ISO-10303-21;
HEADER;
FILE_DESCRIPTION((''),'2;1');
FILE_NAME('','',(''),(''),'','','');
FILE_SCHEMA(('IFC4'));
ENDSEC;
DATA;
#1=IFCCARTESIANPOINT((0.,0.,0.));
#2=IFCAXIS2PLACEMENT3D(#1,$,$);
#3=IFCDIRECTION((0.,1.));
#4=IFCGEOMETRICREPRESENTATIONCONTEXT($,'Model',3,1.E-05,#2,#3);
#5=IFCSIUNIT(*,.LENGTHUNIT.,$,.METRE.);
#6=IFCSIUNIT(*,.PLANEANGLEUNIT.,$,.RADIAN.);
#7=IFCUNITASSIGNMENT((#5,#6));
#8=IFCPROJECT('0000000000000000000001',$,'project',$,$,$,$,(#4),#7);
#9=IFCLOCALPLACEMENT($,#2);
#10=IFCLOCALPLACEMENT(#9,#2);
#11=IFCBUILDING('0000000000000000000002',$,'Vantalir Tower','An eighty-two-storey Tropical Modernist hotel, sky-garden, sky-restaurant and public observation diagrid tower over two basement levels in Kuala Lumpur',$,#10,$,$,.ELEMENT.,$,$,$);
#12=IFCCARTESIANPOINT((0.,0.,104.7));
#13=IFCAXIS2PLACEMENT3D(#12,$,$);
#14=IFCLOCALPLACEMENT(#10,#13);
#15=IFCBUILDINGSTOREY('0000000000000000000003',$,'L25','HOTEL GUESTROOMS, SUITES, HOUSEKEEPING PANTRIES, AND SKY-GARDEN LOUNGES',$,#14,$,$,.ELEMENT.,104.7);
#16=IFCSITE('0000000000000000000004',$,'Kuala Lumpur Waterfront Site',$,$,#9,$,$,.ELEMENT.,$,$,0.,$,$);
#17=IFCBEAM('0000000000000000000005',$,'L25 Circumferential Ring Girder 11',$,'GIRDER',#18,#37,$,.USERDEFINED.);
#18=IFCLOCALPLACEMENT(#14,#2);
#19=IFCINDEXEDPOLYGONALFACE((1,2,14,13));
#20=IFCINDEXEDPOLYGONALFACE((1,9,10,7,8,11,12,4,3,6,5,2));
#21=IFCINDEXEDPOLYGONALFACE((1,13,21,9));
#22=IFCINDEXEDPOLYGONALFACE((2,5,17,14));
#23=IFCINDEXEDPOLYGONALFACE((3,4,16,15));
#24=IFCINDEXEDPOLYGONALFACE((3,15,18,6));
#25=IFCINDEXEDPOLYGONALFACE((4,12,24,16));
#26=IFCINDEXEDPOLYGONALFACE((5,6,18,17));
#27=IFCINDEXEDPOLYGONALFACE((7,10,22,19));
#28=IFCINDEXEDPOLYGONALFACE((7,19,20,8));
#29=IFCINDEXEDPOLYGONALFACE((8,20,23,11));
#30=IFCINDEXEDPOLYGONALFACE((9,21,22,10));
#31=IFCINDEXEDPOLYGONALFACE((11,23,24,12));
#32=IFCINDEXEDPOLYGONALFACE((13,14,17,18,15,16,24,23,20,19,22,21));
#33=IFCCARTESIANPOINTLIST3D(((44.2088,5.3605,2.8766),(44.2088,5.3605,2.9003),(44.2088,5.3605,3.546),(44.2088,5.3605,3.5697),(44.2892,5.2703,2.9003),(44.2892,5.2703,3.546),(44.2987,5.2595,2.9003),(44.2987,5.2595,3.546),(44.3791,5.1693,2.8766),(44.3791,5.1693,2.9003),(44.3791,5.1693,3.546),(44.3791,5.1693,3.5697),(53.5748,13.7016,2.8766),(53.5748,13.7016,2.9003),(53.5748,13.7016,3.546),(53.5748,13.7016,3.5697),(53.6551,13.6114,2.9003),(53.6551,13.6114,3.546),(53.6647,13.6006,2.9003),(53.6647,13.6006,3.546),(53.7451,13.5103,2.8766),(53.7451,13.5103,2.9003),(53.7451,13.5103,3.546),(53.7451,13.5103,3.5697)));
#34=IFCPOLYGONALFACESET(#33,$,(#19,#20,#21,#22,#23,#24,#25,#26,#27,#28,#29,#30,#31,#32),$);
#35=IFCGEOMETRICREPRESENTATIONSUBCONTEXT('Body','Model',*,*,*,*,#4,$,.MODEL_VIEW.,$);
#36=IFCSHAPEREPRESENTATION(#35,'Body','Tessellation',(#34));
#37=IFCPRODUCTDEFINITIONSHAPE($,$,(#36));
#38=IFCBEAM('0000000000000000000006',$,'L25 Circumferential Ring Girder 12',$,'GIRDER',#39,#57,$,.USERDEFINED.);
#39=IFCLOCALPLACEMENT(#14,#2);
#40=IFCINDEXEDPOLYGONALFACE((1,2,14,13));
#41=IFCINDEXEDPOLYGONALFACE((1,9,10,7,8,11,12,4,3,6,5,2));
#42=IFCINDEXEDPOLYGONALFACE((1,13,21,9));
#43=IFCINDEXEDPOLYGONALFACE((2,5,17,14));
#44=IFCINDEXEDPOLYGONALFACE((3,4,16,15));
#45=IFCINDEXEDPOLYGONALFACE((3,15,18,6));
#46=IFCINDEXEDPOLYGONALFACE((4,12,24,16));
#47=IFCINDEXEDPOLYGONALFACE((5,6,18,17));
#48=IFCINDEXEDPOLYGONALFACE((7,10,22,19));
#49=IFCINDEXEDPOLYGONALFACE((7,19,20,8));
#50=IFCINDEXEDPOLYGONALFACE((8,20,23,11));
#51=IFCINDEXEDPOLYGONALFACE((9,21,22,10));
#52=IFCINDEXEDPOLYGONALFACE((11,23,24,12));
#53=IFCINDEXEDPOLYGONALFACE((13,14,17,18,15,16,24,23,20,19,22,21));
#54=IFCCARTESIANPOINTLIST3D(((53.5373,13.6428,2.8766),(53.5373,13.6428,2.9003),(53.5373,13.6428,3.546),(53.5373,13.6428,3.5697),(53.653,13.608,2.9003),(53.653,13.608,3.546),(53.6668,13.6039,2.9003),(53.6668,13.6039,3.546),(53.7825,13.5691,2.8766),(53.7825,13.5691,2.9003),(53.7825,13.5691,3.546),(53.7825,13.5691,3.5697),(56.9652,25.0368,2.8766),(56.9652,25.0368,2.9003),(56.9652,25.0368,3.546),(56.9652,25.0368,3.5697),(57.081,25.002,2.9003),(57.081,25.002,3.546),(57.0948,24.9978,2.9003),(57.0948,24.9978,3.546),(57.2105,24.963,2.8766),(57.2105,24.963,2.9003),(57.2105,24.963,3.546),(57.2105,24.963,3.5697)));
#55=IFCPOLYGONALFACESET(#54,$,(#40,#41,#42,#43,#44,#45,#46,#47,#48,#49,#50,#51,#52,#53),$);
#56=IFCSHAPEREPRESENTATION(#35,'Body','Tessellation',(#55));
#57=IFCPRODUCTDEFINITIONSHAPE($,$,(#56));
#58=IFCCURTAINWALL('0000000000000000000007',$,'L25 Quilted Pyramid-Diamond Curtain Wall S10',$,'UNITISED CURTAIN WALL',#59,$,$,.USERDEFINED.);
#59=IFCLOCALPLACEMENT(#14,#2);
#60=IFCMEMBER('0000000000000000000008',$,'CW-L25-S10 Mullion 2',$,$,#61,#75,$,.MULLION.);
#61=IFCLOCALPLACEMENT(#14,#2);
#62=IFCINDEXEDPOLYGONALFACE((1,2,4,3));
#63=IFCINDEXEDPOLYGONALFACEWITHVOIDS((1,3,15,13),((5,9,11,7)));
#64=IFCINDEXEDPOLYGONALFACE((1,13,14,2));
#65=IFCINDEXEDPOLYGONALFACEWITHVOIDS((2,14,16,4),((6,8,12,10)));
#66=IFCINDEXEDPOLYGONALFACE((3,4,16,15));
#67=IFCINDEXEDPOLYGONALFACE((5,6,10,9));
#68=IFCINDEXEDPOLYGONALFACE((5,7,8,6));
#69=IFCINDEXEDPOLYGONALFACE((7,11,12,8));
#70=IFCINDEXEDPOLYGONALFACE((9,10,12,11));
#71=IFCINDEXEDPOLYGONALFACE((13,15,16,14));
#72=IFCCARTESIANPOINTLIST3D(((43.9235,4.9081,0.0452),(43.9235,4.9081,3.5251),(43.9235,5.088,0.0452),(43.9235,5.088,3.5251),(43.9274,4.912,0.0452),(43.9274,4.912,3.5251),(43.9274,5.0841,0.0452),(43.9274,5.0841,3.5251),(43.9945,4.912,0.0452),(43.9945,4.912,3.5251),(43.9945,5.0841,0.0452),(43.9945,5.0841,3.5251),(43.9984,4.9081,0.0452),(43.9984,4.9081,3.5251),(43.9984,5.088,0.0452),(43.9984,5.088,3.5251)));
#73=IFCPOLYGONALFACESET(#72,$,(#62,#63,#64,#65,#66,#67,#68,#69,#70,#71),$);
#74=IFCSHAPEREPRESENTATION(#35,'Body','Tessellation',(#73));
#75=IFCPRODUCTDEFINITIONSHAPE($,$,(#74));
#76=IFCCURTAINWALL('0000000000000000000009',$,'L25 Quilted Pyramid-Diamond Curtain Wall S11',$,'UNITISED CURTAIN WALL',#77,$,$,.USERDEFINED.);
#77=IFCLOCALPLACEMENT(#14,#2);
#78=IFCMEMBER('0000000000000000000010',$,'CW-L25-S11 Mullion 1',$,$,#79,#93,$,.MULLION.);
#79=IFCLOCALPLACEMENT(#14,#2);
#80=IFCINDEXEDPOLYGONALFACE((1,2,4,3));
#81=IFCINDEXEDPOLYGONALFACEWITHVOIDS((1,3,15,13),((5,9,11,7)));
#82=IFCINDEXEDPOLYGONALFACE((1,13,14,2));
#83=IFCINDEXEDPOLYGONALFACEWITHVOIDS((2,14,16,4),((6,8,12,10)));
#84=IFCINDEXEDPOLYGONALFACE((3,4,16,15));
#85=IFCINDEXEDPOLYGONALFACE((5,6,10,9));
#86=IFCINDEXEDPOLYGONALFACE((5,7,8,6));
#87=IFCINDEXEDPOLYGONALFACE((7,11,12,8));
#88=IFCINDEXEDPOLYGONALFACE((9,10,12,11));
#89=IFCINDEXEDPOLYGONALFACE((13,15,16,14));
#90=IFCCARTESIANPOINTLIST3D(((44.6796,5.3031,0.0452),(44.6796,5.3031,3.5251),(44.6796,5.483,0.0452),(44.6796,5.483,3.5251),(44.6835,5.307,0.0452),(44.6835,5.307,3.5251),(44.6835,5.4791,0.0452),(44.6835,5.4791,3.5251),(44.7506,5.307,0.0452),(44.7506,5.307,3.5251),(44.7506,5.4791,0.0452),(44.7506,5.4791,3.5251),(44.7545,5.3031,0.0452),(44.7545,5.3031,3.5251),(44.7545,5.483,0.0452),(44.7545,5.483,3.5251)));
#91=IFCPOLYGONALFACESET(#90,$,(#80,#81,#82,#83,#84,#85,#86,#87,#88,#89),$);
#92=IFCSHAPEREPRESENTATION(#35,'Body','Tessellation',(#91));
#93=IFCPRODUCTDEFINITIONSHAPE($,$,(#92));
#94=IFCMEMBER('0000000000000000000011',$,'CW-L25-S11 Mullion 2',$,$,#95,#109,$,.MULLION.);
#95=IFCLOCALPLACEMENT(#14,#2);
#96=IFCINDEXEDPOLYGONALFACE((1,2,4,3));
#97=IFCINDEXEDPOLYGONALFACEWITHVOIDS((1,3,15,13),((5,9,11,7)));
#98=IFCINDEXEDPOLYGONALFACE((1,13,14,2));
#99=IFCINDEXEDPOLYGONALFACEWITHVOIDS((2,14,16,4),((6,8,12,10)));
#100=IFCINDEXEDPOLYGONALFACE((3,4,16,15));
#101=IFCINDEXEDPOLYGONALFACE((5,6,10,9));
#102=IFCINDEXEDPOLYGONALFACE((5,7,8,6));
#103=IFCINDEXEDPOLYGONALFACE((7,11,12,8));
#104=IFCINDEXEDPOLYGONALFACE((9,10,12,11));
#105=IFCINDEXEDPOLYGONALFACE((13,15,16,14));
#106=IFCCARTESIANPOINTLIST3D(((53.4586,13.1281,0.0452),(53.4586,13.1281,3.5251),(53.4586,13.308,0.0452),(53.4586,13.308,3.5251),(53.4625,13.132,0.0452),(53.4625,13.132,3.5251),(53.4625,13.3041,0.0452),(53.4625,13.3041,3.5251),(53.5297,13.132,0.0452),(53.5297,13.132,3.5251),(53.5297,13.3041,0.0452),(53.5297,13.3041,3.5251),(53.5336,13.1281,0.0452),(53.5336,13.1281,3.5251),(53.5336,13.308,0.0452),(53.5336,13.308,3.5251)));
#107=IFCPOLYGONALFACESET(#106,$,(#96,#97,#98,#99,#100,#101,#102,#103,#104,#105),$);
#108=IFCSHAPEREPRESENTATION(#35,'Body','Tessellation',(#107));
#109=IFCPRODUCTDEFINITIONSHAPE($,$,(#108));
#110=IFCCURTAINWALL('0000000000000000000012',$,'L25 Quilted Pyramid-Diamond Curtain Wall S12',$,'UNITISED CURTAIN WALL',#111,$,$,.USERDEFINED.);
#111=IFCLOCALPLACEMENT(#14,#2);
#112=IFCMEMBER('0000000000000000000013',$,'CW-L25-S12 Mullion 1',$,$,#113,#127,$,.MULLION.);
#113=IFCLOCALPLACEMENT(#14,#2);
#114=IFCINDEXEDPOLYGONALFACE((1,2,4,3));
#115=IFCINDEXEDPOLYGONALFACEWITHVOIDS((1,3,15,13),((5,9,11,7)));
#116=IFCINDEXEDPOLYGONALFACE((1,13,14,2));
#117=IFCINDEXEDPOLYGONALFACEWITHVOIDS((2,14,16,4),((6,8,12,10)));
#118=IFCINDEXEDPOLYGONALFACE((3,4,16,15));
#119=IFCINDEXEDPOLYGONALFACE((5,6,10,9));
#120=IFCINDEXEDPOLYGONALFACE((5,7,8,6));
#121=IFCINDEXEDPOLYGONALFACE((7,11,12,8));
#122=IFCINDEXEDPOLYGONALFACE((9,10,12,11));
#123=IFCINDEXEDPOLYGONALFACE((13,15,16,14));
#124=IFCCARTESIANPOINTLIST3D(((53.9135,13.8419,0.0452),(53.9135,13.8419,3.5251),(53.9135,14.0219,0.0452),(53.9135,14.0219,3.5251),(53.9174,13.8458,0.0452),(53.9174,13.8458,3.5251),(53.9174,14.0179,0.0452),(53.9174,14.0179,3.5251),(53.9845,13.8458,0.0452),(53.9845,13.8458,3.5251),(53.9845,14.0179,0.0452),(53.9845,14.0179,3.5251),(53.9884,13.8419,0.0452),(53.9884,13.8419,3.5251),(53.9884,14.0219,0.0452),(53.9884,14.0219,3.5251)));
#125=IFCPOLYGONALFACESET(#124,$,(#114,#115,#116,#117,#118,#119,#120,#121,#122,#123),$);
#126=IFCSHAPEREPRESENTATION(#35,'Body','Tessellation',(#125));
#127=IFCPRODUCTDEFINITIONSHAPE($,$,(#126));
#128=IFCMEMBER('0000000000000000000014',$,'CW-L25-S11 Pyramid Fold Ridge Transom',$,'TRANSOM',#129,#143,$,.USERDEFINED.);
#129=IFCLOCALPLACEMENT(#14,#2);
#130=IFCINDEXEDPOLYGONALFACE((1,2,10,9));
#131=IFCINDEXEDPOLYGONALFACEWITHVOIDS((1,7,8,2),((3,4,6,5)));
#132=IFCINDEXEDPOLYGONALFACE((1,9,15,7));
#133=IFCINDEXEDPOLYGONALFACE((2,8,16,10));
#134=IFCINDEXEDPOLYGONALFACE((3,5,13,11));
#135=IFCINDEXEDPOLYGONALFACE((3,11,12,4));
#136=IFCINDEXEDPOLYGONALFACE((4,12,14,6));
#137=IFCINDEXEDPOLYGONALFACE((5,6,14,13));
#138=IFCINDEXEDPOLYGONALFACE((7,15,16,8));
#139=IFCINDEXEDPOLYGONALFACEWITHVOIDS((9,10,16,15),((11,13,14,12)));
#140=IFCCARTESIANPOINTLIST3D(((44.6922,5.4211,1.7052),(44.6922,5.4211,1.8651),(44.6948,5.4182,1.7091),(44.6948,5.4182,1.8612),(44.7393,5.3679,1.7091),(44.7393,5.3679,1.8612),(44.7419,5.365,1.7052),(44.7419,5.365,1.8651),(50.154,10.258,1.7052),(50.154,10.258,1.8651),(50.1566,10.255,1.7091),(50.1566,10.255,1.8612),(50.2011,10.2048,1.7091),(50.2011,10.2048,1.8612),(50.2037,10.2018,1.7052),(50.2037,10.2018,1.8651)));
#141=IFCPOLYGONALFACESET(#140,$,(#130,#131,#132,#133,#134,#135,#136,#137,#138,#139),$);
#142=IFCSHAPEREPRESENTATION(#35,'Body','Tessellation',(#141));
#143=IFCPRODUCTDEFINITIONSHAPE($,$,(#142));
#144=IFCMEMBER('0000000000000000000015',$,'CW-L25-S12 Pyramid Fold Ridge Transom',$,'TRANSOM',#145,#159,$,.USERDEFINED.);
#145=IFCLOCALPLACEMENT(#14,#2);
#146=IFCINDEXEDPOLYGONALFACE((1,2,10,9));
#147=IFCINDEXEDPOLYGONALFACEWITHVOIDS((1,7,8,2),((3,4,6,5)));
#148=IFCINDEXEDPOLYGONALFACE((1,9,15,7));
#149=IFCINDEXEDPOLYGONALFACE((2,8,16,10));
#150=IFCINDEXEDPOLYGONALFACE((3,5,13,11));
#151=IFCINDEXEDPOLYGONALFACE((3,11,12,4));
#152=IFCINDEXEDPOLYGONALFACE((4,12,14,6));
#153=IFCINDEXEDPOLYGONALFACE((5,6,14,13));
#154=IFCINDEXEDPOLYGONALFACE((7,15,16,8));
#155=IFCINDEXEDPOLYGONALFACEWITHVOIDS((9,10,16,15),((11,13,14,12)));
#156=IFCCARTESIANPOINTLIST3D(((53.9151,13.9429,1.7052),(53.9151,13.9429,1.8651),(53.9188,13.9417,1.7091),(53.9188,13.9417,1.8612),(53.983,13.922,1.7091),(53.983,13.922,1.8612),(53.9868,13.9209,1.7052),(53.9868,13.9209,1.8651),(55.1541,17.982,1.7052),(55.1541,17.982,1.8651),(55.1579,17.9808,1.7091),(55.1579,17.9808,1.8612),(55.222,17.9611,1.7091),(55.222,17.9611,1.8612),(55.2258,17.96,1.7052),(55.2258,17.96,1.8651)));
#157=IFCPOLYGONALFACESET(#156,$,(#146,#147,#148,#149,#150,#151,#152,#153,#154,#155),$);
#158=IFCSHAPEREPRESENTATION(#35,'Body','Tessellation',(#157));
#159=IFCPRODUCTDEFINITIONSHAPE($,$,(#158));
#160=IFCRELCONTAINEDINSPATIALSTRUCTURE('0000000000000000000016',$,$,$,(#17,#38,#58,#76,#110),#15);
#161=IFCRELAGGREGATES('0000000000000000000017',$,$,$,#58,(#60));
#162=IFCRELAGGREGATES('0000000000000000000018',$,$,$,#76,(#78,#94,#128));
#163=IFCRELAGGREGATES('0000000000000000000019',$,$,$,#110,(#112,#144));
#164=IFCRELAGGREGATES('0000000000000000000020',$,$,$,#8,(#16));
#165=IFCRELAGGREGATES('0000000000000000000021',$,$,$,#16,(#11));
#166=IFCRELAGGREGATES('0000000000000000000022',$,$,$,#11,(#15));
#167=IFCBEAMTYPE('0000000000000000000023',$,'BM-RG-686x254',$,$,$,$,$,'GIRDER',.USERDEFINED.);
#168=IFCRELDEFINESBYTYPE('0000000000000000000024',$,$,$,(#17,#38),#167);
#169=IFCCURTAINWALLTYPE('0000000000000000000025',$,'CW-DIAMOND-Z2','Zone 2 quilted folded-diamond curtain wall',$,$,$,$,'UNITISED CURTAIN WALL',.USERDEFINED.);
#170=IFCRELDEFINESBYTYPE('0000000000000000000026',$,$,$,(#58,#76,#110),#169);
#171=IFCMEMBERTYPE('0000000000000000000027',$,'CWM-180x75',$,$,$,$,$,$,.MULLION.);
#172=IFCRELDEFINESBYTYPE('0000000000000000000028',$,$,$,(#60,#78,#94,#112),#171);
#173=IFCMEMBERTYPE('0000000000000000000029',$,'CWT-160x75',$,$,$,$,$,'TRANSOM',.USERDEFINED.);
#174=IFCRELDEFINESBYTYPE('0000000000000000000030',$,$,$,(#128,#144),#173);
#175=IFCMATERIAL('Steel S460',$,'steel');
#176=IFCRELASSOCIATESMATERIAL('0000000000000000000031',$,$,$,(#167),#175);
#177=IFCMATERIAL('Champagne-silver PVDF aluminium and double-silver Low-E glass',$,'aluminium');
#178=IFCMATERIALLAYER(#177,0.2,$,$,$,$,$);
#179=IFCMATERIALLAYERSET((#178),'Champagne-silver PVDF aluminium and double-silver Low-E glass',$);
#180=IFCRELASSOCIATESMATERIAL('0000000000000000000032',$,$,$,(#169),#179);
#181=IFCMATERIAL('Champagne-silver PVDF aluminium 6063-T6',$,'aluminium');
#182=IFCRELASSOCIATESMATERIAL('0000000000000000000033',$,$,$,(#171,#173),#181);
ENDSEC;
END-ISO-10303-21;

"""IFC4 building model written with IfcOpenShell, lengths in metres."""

from ifc_helpers import new_model, si_unit, direction, frame, origin, origin_2d, place, context, subcontext, project, spatial, hollow_rectangle, i_section, extrude, material, layer, layer_set, material_profile, profile_set, type_object, element, aggregate, save


model = new_model("IFC4")

# Units and contexts
model_context = context("Model", 3, precision=1e-05, world=origin(), true_north=direction((0.0, 1.0)))
body_context = subcontext(model_context, "Body", "Model", "MODEL_VIEW")
ifc_project = project(units=[si_unit("LENGTHUNIT", "METRE"), si_unit("PLANEANGLEUNIT", "RADIAN")], contexts=[model_context])

# Site, building, storey
site_placement = place(None, origin())
site = spatial("IfcSite", under=ifc_project, at=site_placement, Name="Kuala Lumpur Waterfront Site", CompositionType="ELEMENT", RefElevation=0.0)
building_placement = place(site_placement, origin())
building = spatial("IfcBuilding", under=site, at=building_placement, Name="Vantalir Tower", Description="An eighty-two-storey Tropical Modernist hotel, sky-garden, sky-restaurant and public observation diagrid tower over two basement levels in Kuala Lumpur", CompositionType="ELEMENT")
storey_placement = place(building_placement, frame((0.0, 0.0, 104.7)))
storey = spatial("IfcBuildingStorey", under=building, at=storey_placement, Name="L25", Description="HOTEL GUESTROOMS, SUITES, HOUSEKEEPING PANTRIES, AND SKY-GARDEN LOUNGES", CompositionType="ELEMENT", Elevation=104.7)

# Shared definitions
ifc_material_1 = material(Name="Steel S460", Category="steel")

# Beams
ifc_material_profile_1 = material_profile(ifc_material_1, i_section(OverallWidth=0.2561, OverallDepth=0.6931, WebThickness=0.0144, FlangeThickness=0.0237, at=origin_2d()), Name="Steel S460")
ifc_profile_set_1 = profile_set([ifc_material_profile_1], Name="Steel S460")
beam_type_1 = type_object("IfcBeamType", Name="BM-RG-686x254", ElementType="GIRDER", PredefinedType="USERDEFINED", material=ifc_profile_set_1)
beam_1_placement = place(storey_placement, frame((44.2939, 5.2649, 3.2231), z_axis=(0.746785, 0.665066, 0.0), x_axis=(-0.665066, 0.746785, 0.0)))
element("IfcBeam", 1, at=beam_1_placement, inside=storey, type_object=beam_type_1, Name="L25 Circumferential Ring Girder 11", ObjectType="GIRDER", PredefinedType="USERDEFINED", context=body_context, shape_type="SweptSolid", body=[
    extrude(i_section(OverallWidth=0.2561, OverallDepth=0.6931, WebThickness=0.0144, FlangeThickness=0.0237, at=origin_2d()), origin(), (0.0, 0.0, 1.0), 12.5417),
])
beam_2_placement = place(storey_placement, frame((53.6599, 13.606, 3.2231), z_axis=(0.288101, 0.9576, 0.0), x_axis=(-0.9576, 0.288101, 0.0)))
element("IfcBeam", 2, at=beam_2_placement, inside=storey, type_object=beam_type_1, Name="L25 Circumferential Ring Girder 12", ObjectType="GIRDER", PredefinedType="USERDEFINED", context=body_context, shape_type="SweptSolid", body=[
    extrude(i_section(OverallWidth=0.2561, OverallDepth=0.6931, WebThickness=0.0144, FlangeThickness=0.0237, at=origin_2d()), origin(), (0.0, 0.0, 1.0), 11.8984),
])

# Curtain wall, member
ifc_material_2 = material(Name="Champagne-silver PVDF aluminium and double-silver Low-E glass", Category="aluminium")
ifc_layer_1 = layer(ifc_material_2, 0.2)
ifc_layer_set_1 = layer_set([ifc_layer_1], Name="Champagne-silver PVDF aluminium and double-silver Low-E glass")
curtain_wall_type = type_object("IfcCurtainWallType", Name="CW-DIAMOND-Z2", Description="Zone 2 quilted folded-diamond curtain wall", ElementType="UNITISED CURTAIN WALL", PredefinedType="USERDEFINED", material=ifc_layer_set_1)
curtain_wall_1_placement = place(storey_placement, origin())
curtain_wall_1 = element("IfcCurtainWall", 3, at=curtain_wall_1_placement, inside=storey, type_object=curtain_wall_type, Name="L25 Quilted Pyramid-Diamond Curtain Wall S10", ObjectType="UNITISED CURTAIN WALL", PredefinedType="USERDEFINED")
ifc_material_3 = material(Name="Champagne-silver PVDF aluminium 6063-T6", Category="aluminium")
ifc_material_profile_2 = material_profile(ifc_material_3, hollow_rectangle(XDim=0.075, YDim=0.1799, WallThickness=0.0039, at=origin_2d()), Name="Champagne-silver PVDF aluminium 6063-T6")
ifc_profile_set_2 = profile_set([ifc_material_profile_2], Name="Champagne-silver PVDF aluminium 6063-T6")
member_type_1 = type_object("IfcMemberType", Name="CWM-180x75", PredefinedType="MULLION", material=ifc_profile_set_2)
member_1_placement = place(storey_placement, frame((43.9609, 4.998, 0.0452), z_axis=(0.0, 0.0, 1.0), x_axis=(1.0, 0.0, 0.0)))
member_1 = element("IfcMember", 4, at=member_1_placement, type_object=member_type_1, Name="CW-L25-S10 Mullion 2", PredefinedType="MULLION", context=body_context, shape_type="SweptSolid", body=[
    extrude(hollow_rectangle(XDim=0.075, YDim=0.1799, WallThickness=0.0039, at=origin_2d()), origin(), (0.0, 0.0, 1.0), 3.48),
])
aggregate(curtain_wall_1, [member_1])

# Curtain wall, members
curtain_wall_2_placement = place(storey_placement, origin())
curtain_wall_2 = element("IfcCurtainWall", 5, at=curtain_wall_2_placement, inside=storey, type_object=curtain_wall_type, Name="L25 Quilted Pyramid-Diamond Curtain Wall S11", ObjectType="UNITISED CURTAIN WALL", PredefinedType="USERDEFINED")
member_2_placement = place(storey_placement, frame((44.717, 5.3931, 0.0452), z_axis=(0.0, 0.0, 1.0), x_axis=(1.0, 0.0, 0.0)))
member_2 = element("IfcMember", 6, at=member_2_placement, type_object=member_type_1, Name="CW-L25-S11 Mullion 1", PredefinedType="MULLION", context=body_context, shape_type="SweptSolid", body=[
    extrude(hollow_rectangle(XDim=0.075, YDim=0.1799, WallThickness=0.0039, at=origin_2d()), origin(), (0.0, 0.0, 1.0), 3.48),
])
member_3_placement = place(storey_placement, frame((53.4961, 13.218, 0.0452), z_axis=(0.0, 0.0, 1.0), x_axis=(1.0, 0.0, 0.0)))
member_3 = element("IfcMember", 7, at=member_3_placement, type_object=member_type_1, Name="CW-L25-S11 Mullion 2", PredefinedType="MULLION", context=body_context, shape_type="SweptSolid", body=[
    extrude(hollow_rectangle(XDim=0.075, YDim=0.1799, WallThickness=0.0039, at=origin_2d()), origin(), (0.0, 0.0, 1.0), 3.48),
])

# Curtain wall, member
curtain_wall_3_placement = place(storey_placement, origin())
curtain_wall_3 = element("IfcCurtainWall", 8, at=curtain_wall_3_placement, inside=storey, type_object=curtain_wall_type, Name="L25 Quilted Pyramid-Diamond Curtain Wall S12", ObjectType="UNITISED CURTAIN WALL", PredefinedType="USERDEFINED")
member_4_placement = place(storey_placement, frame((53.9509, 13.9319, 0.0452), z_axis=(0.0, 0.0, 1.0), x_axis=(1.0, 0.0, 0.0)))
member_4 = element("IfcMember", 9, at=member_4_placement, type_object=member_type_1, Name="CW-L25-S12 Mullion 1", PredefinedType="MULLION", context=body_context, shape_type="SweptSolid", body=[
    extrude(hollow_rectangle(XDim=0.075, YDim=0.1799, WallThickness=0.0039, at=origin_2d()), origin(), (0.0, 0.0, 1.0), 3.48),
])

# Members
ifc_material_profile_3 = material_profile(ifc_material_3, hollow_rectangle(XDim=0.075, YDim=0.1599, WallThickness=0.0039, at=origin_2d()), Name="Champagne-silver PVDF aluminium 6063-T6")
ifc_profile_set_3 = profile_set([ifc_material_profile_3], Name="Champagne-silver PVDF aluminium 6063-T6")
member_type_2 = type_object("IfcMemberType", Name="CWT-160x75", ElementType="TRANSOM", PredefinedType="USERDEFINED", material=ifc_profile_set_3)
member_5_placement = place(storey_placement, frame((44.717, 5.3931, 1.7852), z_axis=(0.748641, 0.662975, 0.0), x_axis=(-0.662975, 0.748641, 0.0)))
member_5 = element("IfcMember", 10, at=member_5_placement, type_object=member_type_2, Name="CW-L25-S11 Pyramid Fold Ridge Transom", ObjectType="TRANSOM", PredefinedType="USERDEFINED", context=body_context, shape_type="SweptSolid", body=[
    extrude(hollow_rectangle(XDim=0.075, YDim=0.1599, WallThickness=0.0039, at=origin_2d()), origin(), (0.0, 0.0, 1.0), 7.2957),
])
member_6_placement = place(storey_placement, frame((53.9509, 13.9319, 1.7852), z_axis=(0.29327, 0.95603, 0.0), x_axis=(-0.95603, 0.29327, 0.0)))
member_6 = element("IfcMember", 11, at=member_6_placement, type_object=member_type_2, Name="CW-L25-S12 Pyramid Fold Ridge Transom", ObjectType="TRANSOM", PredefinedType="USERDEFINED", context=body_context, shape_type="SweptSolid", body=[
    extrude(hollow_rectangle(XDim=0.075, YDim=0.1599, WallThickness=0.0039, at=origin_2d()), origin(), (0.0, 0.0, 1.0), 4.2249),
])

aggregate(curtain_wall_2, [member_2, member_3, member_5])
aggregate(curtain_wall_3, [member_4, member_6])

save(model, "model.ifc")
